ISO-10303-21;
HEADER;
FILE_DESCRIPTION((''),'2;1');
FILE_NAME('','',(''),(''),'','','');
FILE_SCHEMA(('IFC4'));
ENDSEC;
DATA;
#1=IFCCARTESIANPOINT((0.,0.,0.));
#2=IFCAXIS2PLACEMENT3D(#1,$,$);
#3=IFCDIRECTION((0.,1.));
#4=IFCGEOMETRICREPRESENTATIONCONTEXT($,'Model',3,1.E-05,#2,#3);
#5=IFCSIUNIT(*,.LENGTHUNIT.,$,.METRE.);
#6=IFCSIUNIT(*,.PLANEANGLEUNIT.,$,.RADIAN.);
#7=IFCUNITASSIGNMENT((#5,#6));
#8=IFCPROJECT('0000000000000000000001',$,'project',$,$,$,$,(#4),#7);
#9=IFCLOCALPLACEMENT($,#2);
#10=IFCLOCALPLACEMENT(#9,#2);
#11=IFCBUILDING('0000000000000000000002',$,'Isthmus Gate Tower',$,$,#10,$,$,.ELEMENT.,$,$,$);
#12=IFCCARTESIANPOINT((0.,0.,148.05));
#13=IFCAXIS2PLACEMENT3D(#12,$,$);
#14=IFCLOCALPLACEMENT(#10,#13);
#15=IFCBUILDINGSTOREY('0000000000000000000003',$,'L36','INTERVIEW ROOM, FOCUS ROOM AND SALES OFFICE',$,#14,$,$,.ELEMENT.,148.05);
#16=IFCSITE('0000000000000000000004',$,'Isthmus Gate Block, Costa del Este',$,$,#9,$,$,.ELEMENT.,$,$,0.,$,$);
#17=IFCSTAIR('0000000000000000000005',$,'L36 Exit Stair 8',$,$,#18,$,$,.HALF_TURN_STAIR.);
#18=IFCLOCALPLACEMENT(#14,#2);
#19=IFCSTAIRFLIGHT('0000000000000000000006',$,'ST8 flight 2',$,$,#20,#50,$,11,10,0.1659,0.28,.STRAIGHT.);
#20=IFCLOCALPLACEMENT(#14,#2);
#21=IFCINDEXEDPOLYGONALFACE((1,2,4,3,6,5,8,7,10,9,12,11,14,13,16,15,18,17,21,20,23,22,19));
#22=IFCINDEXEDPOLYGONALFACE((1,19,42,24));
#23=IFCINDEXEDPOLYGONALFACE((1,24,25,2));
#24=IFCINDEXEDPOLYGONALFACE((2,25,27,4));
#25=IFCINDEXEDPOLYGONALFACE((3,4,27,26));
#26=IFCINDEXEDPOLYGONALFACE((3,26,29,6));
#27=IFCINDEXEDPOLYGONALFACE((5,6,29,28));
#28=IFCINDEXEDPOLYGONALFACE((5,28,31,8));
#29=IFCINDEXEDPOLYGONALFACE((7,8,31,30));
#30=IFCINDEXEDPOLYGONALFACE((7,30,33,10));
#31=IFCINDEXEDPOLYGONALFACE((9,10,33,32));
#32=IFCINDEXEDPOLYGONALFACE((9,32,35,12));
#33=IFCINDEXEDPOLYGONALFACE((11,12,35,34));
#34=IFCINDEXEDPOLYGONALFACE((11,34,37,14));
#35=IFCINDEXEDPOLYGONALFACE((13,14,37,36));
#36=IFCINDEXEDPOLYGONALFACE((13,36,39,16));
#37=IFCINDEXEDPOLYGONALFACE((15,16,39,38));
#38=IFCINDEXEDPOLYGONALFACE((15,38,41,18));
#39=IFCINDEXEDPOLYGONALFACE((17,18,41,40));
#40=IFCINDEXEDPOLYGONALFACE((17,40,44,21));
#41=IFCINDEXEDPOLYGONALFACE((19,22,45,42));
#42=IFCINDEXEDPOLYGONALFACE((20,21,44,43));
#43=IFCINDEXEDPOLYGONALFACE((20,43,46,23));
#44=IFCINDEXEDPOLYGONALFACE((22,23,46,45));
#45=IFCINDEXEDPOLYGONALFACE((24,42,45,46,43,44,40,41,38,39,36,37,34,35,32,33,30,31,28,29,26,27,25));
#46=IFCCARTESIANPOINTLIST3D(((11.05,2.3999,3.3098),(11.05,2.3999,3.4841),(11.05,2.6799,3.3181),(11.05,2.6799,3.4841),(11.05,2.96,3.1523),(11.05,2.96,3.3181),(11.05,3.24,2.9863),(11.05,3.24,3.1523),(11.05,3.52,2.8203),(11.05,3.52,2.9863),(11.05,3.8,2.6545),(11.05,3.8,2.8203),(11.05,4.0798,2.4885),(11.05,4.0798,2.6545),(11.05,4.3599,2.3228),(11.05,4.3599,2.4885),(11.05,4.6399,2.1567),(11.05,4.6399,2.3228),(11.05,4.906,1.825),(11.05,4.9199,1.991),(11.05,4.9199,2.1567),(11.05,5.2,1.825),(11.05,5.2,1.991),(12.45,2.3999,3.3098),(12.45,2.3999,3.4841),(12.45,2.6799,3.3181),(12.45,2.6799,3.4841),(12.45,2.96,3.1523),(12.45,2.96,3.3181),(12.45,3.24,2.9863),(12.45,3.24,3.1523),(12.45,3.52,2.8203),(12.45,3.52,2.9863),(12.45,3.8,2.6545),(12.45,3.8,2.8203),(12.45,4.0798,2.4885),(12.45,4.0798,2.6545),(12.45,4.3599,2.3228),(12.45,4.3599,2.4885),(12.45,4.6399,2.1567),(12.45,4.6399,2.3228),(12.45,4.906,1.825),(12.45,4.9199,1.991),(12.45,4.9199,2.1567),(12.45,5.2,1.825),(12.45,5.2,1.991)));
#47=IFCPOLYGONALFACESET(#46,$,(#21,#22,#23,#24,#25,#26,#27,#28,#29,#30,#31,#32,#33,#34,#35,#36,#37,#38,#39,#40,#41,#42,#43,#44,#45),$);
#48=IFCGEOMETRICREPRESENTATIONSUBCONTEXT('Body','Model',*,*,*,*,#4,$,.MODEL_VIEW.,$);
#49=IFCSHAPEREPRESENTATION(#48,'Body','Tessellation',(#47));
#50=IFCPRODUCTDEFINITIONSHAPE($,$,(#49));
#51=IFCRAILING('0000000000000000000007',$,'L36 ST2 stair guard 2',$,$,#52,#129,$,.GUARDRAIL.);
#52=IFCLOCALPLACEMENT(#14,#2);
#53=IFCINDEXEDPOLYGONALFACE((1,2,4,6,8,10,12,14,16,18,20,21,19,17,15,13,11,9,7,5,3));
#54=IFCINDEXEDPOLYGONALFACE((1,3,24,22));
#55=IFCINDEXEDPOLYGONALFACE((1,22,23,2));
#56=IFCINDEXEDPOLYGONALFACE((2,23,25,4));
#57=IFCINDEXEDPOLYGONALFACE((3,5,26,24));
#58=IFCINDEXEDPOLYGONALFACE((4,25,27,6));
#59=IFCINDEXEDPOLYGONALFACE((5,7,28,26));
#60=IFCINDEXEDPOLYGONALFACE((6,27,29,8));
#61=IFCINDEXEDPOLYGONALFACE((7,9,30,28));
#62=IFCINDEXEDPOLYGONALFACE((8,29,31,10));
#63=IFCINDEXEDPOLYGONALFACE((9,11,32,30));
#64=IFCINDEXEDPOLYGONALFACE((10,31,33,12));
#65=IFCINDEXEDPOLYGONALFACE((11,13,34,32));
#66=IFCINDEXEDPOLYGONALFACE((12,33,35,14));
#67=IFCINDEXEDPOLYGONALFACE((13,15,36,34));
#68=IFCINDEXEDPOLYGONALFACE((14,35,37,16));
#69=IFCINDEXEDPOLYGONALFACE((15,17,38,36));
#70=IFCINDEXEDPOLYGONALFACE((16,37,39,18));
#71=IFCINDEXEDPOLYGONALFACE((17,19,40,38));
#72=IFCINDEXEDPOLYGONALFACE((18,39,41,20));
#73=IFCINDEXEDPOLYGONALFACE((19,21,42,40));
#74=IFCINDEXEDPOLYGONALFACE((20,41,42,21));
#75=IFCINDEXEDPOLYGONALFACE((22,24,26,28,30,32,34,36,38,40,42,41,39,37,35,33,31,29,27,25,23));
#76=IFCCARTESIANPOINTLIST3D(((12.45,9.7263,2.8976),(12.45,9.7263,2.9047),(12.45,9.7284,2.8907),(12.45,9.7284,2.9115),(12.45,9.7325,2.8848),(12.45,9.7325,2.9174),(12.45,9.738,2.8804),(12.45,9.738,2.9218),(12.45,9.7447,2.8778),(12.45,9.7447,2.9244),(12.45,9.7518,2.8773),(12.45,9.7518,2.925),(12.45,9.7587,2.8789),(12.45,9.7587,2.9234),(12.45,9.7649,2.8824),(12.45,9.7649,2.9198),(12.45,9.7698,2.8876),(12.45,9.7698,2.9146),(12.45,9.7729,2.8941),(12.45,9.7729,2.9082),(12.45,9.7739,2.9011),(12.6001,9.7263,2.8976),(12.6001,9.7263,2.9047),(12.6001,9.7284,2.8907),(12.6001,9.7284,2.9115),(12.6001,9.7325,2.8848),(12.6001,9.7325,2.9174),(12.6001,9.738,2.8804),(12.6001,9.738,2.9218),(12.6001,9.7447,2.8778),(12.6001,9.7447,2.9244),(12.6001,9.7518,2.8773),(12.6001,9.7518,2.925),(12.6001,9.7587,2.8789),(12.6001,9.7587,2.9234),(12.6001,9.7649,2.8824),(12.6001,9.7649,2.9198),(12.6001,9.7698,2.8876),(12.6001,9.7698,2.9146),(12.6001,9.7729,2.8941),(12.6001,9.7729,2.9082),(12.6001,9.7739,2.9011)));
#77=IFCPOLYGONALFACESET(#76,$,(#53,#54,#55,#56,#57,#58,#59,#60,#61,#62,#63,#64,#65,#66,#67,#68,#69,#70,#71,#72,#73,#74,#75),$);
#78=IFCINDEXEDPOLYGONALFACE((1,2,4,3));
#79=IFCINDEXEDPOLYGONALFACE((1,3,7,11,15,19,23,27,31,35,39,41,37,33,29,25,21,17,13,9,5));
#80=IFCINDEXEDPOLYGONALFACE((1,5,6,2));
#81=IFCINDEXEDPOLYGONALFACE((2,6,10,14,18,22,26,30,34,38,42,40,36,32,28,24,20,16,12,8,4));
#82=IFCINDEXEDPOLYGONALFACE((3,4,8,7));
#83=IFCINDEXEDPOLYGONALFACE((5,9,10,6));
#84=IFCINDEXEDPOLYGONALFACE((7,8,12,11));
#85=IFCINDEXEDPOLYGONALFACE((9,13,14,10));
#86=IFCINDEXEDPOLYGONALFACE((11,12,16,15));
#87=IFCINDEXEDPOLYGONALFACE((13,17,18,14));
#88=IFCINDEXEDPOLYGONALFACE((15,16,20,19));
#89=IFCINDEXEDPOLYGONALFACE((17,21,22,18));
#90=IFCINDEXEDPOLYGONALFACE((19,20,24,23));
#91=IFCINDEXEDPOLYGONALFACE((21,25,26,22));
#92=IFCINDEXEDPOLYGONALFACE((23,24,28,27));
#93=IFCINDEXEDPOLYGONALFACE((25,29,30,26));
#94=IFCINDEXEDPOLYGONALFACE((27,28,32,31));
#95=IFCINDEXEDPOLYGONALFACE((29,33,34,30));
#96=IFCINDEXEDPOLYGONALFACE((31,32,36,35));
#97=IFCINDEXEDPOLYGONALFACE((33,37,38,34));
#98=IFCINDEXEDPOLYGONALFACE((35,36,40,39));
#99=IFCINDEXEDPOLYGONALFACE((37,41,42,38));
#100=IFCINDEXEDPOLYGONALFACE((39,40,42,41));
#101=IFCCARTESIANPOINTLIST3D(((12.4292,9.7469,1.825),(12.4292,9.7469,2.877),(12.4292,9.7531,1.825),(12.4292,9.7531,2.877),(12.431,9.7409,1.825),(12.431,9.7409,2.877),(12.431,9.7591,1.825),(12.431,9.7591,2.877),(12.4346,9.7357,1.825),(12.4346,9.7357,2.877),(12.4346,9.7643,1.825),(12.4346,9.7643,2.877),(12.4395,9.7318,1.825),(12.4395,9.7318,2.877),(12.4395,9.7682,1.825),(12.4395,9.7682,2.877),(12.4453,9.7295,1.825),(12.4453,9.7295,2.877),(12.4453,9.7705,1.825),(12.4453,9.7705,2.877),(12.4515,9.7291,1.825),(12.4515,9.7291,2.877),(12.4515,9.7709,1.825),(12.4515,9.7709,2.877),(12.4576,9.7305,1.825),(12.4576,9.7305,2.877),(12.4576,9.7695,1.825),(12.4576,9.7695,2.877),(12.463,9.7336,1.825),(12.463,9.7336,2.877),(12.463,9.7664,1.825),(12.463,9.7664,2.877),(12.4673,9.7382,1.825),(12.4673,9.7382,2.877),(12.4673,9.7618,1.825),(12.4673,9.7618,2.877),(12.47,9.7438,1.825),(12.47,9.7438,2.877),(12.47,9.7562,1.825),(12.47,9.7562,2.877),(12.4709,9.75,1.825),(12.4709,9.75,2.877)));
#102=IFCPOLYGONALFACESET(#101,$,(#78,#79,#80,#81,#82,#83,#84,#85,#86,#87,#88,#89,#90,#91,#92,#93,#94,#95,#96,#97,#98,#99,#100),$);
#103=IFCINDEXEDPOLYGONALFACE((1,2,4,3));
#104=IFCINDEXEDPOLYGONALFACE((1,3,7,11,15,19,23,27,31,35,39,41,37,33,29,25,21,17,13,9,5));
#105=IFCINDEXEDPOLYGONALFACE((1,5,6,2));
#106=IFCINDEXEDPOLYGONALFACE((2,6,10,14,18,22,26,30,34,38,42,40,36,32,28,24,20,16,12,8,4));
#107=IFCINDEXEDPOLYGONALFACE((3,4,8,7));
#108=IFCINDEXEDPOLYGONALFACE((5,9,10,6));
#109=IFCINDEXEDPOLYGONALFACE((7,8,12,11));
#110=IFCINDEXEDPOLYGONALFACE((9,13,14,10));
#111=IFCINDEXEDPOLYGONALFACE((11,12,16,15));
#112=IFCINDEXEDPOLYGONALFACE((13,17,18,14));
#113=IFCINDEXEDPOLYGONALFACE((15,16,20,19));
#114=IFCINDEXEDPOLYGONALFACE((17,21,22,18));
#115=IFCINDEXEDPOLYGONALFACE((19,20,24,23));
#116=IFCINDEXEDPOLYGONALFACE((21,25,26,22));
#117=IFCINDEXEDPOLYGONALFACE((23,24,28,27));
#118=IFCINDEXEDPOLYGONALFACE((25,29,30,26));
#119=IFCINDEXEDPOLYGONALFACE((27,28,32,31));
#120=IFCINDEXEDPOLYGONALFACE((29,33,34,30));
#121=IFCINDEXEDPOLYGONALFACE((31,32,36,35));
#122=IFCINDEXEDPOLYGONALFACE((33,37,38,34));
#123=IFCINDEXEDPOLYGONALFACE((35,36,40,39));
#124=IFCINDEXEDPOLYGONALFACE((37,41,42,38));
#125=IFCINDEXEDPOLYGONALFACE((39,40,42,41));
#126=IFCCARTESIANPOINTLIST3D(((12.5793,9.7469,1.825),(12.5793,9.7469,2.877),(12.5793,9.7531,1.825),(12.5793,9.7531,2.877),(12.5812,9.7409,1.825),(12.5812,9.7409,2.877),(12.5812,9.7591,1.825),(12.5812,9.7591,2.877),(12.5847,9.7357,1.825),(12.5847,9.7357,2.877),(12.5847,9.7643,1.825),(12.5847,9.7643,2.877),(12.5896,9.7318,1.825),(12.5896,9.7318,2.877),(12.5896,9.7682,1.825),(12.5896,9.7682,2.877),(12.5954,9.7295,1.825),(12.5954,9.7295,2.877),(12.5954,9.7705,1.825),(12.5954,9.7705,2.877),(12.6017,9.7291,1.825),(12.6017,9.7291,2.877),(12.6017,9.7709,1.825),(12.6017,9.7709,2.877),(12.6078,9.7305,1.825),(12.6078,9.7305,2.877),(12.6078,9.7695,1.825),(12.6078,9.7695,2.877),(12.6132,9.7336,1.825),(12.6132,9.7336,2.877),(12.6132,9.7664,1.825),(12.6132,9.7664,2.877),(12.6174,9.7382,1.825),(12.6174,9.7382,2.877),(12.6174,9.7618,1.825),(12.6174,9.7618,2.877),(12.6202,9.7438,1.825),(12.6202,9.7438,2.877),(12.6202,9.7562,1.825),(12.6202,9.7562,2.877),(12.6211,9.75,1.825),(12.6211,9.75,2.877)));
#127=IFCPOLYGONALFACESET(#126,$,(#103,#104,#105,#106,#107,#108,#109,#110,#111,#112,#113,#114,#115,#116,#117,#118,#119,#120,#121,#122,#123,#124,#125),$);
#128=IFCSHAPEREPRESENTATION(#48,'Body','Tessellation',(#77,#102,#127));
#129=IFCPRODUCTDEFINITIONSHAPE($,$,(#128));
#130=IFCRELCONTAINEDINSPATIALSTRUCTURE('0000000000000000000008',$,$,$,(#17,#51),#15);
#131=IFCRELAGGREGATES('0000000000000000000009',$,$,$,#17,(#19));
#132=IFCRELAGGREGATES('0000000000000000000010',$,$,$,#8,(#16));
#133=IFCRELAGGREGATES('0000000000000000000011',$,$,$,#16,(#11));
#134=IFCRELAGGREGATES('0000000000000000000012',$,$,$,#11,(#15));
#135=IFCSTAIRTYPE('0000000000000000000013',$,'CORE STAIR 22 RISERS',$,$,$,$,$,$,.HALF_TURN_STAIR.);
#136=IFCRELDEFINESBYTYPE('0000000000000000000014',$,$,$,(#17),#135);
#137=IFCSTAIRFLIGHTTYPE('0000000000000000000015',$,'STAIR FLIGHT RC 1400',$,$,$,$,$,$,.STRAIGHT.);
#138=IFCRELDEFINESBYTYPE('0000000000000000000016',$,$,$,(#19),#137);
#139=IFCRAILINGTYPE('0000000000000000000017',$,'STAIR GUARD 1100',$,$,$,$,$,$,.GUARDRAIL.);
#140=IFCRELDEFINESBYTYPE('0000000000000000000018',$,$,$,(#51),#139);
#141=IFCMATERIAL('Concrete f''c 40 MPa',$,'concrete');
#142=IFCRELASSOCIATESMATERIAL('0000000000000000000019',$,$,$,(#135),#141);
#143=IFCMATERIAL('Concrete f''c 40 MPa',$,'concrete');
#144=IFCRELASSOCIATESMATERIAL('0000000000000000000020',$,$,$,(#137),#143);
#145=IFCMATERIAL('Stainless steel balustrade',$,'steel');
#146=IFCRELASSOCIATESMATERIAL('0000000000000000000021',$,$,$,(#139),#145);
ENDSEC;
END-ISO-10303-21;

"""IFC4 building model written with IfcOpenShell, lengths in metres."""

from ifc_helpers import new_model, si_unit, direction, frame, origin, origin_2d, place, context, subcontext, project, spatial, polyline, circle, outline, extrude, material, type_object, element, aggregate, save


model = new_model("IFC4")

# Units and contexts
model_context = context("Model", 3, precision=1e-05, world=origin(), true_north=direction((0.0, 1.0)))
body_context = subcontext(model_context, "Body", "Model", "MODEL_VIEW")
ifc_project = project(units=[si_unit("LENGTHUNIT", "METRE"), si_unit("PLANEANGLEUNIT", "RADIAN")], contexts=[model_context])

# Site, building, storey
site_placement = place(None, origin())
site = spatial("IfcSite", under=ifc_project, at=site_placement, Name="Isthmus Gate Block, Costa del Este", CompositionType="ELEMENT", RefElevation=0.0)
building_placement = place(site_placement, origin())
building = spatial("IfcBuilding", under=site, at=building_placement, Name="Isthmus Gate Tower", CompositionType="ELEMENT")
storey_placement = place(building_placement, frame((0.0, 0.0, 148.05)))
storey = spatial("IfcBuildingStorey", under=building, at=storey_placement, Name="L36", Description="INTERVIEW ROOM, FOCUS ROOM AND SALES OFFICE", CompositionType="ELEMENT", Elevation=148.05)

# Stair, stair flight
ifc_material_1 = material(Name="Concrete f'c 40 MPa", Category="concrete")
stair_type = type_object("IfcStairType", Name="CORE STAIR 22 RISERS", PredefinedType="HALF_TURN_STAIR", material=ifc_material_1)
stair_placement = place(storey_placement, origin())
stair = element("IfcStair", 1, at=stair_placement, inside=storey, type_object=stair_type, Name="L36 Exit Stair 8", PredefinedType="HALF_TURN_STAIR")
ifc_material_2 = material(Name="Concrete f'c 40 MPa", Category="concrete")
stair_flight_type = type_object("IfcStairFlightType", Name="STAIR FLIGHT RC 1400", PredefinedType="STRAIGHT", material=ifc_material_2)
stair_flight_placement = place(storey_placement, frame((11.75, 5.2, 1.825), z_axis=(0.0, 0.0, 1.0), x_axis=(0.0, -1.0, 0.0)))
stair_flight = element("IfcStairFlight", 2, at=stair_flight_placement, type_object=stair_flight_type, Name="ST8 flight 2", NumberOfRisers=11, NumberOfTreads=10, PredefinedType="STRAIGHT", RiserHeight=0.1659, TreadLength=0.28, context=body_context, shape_type="SweptSolid", body=[
    extrude(outline(polyline([(0.0, 0.0), (0.0, 0.166), (0.28, 0.166), (0.28, 0.3318), (0.5601, 0.3318), (0.5601, 0.4978), (0.8401, 0.4978), (0.8401, 0.6636), (1.1201, 0.6636), (1.1201, 0.8296), (1.3999, 0.8296), (1.3999, 0.9954), (1.6799, 0.9954), (1.6799, 1.1614), (1.96, 1.1614), (1.96, 1.3274), (2.24, 1.3274), (2.24, 1.4932), (2.52, 1.4932), (2.52, 1.6592), (2.8, 1.6592), (2.8, 1.825), (2.8, 1.4849), (0.2939, 0.0), (0.0, 0.0)])), frame((0.0, 0.7, 0.0), z_axis=(0.0, -1.0, 0.0), x_axis=(1.0, 0.0, 0.0)), (0.0, 0.0, 1.0), 1.3999),
])
aggregate(stair, [stair_flight])

# Railing
ifc_material_3 = material(Name="Stainless steel balustrade", Category="steel")
railing_type_1 = type_object("IfcRailingType", Name="STAIR GUARD 1100", PredefinedType="GUARDRAIL", material=ifc_material_3)
railing_1_placement = place(storey_placement, frame((12.45, 9.75, 1.825)))
element("IfcRailing", 3, at=railing_1_placement, inside=storey, type_object=railing_type_1, Name="L36 ST2 stair guard 2", PredefinedType="GUARDRAIL", context=body_context, shape_type="SweptSolid", body=[
    extrude(circle(Radius=0.0239, at=origin_2d()), frame((0.0, 0.0, 1.0762), z_axis=(1.0, 0.0, 0.0), x_axis=(0.0, 1.0, 0.0)), (0.0, 0.0, 1.0), 0.1501),
    extrude(circle(Radius=0.021, at=origin_2d()), origin(), (0.0, 0.0, 1.0), 1.052),
    extrude(circle(Radius=0.021, at=origin_2d()), frame((0.1501, 0.0, 0.0)), (0.0, 0.0, 1.0), 1.052),
])

save(model, "model.ifc")
